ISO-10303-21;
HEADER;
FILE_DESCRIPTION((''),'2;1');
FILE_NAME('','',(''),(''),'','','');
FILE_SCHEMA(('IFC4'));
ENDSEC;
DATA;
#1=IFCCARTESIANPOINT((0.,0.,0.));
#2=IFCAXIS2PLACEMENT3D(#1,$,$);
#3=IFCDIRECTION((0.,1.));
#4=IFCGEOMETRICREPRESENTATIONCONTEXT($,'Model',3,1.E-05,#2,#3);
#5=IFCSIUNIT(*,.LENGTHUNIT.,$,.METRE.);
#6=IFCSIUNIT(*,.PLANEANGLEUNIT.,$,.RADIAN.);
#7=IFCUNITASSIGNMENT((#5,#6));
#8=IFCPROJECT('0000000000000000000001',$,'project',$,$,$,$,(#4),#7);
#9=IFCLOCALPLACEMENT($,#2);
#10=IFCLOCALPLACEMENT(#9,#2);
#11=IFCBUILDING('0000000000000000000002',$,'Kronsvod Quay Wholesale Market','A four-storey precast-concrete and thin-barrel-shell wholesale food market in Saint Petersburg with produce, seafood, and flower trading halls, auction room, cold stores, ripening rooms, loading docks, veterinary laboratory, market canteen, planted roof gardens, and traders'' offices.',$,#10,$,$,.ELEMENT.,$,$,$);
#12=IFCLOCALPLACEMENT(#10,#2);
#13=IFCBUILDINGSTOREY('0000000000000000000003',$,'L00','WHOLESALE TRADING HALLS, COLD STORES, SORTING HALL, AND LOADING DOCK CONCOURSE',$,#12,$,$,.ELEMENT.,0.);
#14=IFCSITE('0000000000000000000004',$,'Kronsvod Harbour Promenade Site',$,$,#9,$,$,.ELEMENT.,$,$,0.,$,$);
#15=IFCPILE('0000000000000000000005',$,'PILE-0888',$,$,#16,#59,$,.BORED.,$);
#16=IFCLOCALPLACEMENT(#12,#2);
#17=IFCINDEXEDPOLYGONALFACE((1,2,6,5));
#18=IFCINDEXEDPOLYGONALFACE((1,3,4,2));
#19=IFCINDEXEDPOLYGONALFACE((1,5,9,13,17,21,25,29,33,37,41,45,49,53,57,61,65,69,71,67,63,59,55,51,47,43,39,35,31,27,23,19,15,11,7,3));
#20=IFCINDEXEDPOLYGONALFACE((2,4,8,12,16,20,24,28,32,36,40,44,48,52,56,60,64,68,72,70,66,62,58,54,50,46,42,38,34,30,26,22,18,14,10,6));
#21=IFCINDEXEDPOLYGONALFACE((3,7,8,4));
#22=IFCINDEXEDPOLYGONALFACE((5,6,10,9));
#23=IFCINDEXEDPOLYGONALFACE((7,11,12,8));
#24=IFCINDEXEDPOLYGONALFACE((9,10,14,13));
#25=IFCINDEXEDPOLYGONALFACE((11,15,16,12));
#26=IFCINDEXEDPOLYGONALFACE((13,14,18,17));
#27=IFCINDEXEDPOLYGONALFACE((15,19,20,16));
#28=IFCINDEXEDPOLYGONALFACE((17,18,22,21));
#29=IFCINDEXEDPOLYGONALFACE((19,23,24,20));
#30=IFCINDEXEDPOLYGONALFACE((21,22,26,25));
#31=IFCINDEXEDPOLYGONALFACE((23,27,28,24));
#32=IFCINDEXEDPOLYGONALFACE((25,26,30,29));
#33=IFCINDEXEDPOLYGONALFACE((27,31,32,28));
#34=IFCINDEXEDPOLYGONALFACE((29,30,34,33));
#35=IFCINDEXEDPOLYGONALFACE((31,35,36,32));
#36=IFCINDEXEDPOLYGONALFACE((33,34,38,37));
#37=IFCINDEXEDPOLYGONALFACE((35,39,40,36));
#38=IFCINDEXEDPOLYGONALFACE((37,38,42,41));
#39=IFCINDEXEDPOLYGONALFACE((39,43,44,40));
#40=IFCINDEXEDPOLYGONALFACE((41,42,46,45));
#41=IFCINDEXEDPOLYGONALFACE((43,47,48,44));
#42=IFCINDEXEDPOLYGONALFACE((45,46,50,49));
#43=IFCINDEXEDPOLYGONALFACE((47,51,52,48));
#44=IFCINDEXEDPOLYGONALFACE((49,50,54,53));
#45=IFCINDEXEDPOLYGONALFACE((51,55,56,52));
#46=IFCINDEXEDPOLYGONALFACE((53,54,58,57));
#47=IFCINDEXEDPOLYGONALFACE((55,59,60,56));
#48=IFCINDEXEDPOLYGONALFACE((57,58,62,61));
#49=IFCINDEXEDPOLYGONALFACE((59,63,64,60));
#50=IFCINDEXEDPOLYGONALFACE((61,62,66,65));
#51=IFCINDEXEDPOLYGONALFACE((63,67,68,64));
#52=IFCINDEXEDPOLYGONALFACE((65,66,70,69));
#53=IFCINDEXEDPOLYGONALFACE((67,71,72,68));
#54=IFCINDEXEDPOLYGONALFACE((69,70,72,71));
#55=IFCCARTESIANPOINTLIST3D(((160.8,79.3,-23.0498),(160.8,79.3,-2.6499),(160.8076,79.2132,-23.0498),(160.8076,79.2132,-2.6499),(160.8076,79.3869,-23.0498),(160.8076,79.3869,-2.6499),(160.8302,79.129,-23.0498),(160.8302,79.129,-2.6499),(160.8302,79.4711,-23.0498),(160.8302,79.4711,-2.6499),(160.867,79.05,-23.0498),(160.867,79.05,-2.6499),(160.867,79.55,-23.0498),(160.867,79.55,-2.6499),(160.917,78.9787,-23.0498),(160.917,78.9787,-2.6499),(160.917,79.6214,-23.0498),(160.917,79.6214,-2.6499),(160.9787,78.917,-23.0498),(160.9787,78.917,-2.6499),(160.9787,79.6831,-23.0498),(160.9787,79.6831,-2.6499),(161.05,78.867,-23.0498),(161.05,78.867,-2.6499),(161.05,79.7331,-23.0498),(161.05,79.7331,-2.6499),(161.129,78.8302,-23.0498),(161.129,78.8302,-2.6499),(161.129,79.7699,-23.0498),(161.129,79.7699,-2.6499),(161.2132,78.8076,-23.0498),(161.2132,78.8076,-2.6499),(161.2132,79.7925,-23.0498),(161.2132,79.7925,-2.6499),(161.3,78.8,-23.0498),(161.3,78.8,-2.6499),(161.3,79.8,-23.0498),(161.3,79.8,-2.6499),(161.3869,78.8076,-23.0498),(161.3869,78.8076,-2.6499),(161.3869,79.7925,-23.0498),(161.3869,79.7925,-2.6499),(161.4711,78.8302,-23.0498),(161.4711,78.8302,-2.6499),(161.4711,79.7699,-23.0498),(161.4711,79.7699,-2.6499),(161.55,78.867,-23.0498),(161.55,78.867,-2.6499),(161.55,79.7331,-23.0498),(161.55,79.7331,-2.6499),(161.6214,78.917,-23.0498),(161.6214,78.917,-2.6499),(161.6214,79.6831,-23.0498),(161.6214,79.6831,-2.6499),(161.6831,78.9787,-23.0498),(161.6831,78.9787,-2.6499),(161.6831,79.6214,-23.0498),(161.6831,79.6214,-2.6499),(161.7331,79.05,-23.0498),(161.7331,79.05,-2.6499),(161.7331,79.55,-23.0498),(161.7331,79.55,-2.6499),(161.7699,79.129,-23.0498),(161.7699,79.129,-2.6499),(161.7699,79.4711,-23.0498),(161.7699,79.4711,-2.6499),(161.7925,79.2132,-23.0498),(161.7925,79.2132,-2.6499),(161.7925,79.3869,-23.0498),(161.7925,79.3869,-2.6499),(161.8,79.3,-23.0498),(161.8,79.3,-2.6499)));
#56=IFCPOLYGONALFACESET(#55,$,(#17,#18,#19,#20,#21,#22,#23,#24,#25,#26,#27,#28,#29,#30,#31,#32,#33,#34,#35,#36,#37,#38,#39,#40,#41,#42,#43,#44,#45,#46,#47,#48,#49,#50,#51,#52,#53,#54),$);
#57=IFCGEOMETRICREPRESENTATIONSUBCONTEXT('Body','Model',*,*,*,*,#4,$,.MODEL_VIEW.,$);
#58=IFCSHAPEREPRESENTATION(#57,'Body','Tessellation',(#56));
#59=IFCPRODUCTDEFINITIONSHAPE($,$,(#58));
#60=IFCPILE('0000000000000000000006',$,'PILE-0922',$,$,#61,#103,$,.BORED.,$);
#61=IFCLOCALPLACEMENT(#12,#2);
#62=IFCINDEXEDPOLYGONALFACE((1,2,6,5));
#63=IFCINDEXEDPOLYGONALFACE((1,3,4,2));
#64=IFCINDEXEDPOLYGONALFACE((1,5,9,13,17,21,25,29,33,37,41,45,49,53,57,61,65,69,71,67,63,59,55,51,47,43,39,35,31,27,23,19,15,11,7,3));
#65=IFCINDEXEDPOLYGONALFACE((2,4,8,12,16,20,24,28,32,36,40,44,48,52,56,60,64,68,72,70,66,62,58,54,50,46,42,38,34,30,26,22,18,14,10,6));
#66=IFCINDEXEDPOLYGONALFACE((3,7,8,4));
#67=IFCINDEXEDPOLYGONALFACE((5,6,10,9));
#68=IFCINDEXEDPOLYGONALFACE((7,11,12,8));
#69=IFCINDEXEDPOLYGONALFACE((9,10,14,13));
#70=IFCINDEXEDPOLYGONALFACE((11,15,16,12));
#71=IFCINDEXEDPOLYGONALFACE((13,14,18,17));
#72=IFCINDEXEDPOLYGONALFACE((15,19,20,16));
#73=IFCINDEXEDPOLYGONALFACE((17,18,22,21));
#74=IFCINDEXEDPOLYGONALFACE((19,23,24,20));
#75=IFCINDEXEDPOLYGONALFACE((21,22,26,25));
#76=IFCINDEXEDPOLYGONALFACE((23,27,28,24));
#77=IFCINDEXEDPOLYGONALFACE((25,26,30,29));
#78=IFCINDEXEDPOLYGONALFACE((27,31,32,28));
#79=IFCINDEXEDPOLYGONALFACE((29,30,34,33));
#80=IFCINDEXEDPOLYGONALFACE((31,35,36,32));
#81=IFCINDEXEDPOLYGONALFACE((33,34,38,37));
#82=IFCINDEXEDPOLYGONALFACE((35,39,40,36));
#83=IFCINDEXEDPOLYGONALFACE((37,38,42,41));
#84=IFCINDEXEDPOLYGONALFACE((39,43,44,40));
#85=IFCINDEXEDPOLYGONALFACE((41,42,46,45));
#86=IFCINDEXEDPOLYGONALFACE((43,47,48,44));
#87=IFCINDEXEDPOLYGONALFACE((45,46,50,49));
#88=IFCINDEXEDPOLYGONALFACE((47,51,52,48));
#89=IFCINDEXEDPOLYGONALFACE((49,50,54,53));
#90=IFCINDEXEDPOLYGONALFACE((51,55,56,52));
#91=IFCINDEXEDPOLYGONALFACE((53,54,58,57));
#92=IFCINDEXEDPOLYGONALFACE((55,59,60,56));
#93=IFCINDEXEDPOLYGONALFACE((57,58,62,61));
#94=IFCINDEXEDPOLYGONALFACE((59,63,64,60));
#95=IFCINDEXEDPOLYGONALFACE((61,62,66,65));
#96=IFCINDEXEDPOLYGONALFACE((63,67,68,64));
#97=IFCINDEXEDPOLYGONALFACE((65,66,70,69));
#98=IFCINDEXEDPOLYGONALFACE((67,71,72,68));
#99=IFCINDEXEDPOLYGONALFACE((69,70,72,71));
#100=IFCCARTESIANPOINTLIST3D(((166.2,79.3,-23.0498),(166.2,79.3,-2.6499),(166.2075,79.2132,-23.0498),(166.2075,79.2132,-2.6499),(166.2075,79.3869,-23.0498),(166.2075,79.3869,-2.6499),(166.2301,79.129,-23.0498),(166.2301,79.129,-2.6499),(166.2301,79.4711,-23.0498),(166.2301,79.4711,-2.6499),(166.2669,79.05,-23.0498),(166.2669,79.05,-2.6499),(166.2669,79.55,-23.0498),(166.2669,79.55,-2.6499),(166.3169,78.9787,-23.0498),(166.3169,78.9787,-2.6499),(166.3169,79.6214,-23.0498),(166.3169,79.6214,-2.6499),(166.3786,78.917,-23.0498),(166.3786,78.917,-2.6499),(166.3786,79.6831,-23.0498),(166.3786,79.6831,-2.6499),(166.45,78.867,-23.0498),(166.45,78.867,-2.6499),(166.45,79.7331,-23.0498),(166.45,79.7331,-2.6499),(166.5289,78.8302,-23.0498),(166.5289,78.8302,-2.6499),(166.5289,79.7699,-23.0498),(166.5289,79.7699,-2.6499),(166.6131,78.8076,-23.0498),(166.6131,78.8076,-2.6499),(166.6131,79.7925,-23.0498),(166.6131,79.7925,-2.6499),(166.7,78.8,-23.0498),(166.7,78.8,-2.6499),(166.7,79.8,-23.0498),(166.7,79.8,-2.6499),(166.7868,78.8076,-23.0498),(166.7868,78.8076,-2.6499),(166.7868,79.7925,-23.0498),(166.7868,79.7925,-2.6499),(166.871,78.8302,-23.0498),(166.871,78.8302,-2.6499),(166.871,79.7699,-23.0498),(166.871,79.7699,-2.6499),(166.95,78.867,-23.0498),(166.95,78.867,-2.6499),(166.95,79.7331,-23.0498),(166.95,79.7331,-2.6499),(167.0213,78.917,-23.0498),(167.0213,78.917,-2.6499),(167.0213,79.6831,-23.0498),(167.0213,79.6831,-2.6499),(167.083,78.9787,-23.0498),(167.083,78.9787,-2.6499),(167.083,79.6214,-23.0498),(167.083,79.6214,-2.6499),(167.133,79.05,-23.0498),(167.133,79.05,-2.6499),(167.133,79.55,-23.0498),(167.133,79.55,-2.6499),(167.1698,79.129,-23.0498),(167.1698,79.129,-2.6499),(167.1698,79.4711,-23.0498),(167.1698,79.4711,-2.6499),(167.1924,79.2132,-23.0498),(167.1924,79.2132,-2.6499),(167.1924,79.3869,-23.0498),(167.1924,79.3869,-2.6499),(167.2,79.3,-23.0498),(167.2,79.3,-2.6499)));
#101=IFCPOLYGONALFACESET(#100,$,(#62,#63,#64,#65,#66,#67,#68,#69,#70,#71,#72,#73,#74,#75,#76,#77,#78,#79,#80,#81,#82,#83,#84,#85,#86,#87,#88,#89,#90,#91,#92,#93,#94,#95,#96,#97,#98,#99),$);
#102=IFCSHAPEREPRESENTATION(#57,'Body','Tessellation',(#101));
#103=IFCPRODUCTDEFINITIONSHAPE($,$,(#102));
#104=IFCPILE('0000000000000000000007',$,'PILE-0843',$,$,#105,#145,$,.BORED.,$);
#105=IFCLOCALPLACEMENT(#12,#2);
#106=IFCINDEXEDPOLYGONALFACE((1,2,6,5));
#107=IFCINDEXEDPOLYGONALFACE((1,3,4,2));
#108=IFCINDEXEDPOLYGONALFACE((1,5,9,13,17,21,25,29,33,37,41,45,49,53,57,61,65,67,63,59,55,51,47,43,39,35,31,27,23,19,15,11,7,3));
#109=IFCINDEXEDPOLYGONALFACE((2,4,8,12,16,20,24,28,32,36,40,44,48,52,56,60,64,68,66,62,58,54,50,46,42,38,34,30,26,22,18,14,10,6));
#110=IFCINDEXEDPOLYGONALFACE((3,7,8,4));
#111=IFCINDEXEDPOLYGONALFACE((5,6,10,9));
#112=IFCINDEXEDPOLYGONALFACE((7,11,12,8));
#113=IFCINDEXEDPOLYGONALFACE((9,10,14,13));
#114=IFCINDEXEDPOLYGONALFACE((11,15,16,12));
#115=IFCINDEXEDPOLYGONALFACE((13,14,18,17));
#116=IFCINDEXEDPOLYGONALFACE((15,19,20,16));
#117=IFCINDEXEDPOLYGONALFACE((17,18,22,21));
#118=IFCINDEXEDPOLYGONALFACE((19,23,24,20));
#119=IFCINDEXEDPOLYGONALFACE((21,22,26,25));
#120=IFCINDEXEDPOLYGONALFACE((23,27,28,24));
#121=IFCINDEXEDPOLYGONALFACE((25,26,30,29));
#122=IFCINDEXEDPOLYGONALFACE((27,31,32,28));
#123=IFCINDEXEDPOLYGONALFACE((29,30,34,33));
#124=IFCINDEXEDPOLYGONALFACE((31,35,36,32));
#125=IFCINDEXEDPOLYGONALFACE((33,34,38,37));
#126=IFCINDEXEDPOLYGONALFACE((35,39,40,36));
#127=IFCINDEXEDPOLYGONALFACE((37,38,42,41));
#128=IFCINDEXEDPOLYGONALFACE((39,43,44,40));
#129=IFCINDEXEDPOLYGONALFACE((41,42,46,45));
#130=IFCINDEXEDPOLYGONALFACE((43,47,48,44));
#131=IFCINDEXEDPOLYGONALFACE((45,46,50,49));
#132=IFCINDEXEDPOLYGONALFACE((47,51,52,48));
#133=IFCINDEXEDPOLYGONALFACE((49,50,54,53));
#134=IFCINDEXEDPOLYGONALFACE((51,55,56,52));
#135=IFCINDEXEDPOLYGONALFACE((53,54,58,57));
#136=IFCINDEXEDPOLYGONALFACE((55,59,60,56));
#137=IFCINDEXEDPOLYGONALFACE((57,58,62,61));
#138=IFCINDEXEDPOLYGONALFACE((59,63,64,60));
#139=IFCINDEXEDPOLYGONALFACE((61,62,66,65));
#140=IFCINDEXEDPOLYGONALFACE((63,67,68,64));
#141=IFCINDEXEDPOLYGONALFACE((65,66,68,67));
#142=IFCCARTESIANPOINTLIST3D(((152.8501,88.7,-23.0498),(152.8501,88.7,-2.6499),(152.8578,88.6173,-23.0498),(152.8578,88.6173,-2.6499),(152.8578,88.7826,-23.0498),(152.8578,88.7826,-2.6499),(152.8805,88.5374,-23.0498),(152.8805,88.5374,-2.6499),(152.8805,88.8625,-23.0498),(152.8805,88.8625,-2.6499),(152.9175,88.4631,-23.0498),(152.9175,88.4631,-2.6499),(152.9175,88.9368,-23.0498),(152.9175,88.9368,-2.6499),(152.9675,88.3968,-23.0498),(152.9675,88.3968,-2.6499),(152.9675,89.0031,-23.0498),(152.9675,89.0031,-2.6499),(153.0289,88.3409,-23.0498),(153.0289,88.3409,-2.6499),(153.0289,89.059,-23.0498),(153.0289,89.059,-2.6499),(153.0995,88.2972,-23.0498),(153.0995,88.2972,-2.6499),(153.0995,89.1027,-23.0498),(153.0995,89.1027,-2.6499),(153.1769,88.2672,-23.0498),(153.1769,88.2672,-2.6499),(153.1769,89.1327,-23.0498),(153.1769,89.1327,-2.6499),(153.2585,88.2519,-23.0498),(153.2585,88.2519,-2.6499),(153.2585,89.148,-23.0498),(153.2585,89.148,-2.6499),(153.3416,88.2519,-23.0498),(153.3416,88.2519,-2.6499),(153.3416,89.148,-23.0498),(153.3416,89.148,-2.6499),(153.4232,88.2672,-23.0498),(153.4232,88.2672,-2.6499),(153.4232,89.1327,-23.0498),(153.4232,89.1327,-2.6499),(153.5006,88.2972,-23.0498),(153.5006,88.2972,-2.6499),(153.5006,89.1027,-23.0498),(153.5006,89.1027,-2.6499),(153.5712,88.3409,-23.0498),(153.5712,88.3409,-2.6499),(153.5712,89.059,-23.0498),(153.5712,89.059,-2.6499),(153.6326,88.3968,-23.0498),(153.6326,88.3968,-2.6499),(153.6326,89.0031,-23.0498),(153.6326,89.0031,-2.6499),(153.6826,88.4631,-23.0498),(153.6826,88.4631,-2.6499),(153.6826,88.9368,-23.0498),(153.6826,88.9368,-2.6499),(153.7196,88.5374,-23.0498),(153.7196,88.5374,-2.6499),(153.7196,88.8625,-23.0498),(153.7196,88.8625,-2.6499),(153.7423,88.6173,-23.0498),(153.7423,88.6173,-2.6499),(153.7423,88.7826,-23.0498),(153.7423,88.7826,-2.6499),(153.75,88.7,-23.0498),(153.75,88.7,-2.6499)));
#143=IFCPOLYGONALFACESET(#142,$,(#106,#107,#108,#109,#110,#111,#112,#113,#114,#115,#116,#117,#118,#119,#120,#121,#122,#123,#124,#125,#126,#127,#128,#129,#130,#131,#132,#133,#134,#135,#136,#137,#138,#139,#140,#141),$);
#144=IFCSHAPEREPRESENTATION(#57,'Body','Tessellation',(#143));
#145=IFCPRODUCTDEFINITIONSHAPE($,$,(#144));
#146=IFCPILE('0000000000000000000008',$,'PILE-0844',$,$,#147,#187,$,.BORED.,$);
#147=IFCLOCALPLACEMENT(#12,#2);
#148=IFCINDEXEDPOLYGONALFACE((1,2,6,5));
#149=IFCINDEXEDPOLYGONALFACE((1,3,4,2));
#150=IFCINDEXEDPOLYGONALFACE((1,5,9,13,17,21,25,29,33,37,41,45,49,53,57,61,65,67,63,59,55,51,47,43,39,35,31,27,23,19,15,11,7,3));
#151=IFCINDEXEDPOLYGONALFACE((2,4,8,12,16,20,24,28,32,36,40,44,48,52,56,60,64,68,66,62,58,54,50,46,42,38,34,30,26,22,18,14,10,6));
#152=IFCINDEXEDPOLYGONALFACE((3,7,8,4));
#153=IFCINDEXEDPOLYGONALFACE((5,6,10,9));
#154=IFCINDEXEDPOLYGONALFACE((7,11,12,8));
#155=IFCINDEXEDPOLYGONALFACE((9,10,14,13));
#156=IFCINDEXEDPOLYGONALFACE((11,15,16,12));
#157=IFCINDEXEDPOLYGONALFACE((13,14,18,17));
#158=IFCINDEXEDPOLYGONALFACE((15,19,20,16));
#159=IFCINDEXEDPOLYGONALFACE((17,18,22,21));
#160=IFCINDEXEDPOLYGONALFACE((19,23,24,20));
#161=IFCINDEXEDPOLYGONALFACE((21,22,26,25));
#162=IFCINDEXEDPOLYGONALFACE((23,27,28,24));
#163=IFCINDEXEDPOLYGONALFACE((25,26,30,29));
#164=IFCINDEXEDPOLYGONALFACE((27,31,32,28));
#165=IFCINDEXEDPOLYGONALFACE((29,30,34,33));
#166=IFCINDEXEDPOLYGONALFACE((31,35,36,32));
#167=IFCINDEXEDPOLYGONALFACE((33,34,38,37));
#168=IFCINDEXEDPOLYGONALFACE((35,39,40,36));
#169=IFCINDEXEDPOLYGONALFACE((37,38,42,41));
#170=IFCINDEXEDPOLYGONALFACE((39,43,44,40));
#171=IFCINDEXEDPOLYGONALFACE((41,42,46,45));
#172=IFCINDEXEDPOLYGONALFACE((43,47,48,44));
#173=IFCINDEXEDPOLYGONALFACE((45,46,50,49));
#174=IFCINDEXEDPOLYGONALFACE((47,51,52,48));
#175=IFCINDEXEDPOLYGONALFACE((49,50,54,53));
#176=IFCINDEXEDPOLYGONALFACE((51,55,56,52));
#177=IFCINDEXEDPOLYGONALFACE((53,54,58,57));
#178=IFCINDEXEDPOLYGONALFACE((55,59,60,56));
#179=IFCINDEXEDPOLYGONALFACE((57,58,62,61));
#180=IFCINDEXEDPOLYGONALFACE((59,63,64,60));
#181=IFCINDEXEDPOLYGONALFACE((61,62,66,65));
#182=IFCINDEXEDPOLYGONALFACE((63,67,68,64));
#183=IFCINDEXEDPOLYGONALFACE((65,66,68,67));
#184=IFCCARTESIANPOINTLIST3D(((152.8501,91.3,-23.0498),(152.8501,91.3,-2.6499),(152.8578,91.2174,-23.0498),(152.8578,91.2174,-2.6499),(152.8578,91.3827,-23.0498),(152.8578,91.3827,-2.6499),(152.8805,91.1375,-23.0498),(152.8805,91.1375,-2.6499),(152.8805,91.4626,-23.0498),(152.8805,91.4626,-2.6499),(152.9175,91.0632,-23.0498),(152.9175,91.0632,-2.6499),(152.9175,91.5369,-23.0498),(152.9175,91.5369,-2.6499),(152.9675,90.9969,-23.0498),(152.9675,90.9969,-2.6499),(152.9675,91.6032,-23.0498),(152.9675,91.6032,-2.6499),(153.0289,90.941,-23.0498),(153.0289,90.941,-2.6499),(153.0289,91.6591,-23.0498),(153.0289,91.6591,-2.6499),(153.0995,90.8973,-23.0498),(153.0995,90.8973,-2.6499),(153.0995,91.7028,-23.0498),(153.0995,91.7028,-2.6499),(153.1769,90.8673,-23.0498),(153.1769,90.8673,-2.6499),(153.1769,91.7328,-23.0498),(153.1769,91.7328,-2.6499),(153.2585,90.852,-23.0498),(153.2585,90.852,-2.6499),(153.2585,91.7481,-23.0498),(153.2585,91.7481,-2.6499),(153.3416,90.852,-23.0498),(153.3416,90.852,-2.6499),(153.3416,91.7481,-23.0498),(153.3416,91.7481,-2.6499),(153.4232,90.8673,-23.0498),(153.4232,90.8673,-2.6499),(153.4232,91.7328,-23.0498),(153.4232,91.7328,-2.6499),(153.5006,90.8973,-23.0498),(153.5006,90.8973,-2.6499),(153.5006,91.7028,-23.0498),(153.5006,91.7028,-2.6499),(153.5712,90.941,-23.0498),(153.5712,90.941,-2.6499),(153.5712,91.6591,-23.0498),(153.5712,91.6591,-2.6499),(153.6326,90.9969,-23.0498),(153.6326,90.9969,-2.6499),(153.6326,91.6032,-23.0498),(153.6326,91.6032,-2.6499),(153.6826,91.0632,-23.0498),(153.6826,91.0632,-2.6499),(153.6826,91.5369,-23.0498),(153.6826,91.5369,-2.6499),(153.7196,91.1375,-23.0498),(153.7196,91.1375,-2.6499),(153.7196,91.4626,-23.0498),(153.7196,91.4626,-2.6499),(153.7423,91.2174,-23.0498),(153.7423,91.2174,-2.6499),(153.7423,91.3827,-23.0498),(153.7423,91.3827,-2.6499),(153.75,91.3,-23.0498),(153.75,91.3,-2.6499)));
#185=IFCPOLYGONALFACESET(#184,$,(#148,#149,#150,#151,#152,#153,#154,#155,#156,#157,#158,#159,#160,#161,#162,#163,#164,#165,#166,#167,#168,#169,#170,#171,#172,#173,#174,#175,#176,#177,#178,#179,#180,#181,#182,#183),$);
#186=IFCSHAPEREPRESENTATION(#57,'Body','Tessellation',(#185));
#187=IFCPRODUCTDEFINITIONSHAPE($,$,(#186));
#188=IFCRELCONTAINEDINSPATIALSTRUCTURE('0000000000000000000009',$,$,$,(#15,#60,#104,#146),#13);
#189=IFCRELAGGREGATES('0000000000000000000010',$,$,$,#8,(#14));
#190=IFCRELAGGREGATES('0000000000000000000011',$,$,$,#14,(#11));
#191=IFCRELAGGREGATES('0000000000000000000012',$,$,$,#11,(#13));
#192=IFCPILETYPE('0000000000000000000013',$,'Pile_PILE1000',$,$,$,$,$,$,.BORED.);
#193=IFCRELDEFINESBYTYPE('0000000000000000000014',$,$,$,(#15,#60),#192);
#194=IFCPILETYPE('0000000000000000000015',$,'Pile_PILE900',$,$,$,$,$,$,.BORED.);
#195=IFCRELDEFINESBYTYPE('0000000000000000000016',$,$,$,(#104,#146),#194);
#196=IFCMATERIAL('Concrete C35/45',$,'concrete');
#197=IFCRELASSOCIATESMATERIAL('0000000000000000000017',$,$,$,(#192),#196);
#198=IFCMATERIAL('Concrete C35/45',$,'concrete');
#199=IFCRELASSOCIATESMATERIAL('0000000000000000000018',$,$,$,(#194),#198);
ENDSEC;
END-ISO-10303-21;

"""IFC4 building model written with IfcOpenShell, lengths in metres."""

from ifc_helpers import new_model, si_unit, direction, frame, origin, origin_2d, place, context, subcontext, project, spatial, circle, extrude, material, material_profile, profile_set, type_object, element, save


model = new_model("IFC4")

# Units and contexts
model_context = context("Model", 3, precision=1e-05, world=origin(), true_north=direction((0.0, 1.0)))
body_context = subcontext(model_context, "Body", "Model", "MODEL_VIEW")
ifc_project = project(units=[si_unit("LENGTHUNIT", "METRE"), si_unit("PLANEANGLEUNIT", "RADIAN")], contexts=[model_context])

# Site, building, storey
site_placement = place(None, origin())
site = spatial("IfcSite", under=ifc_project, at=site_placement, Name="Kronsvod Harbour Promenade Site", CompositionType="ELEMENT", RefElevation=0.0)
building_placement = place(site_placement, origin())
building = spatial("IfcBuilding", under=site, at=building_placement, Name="Kronsvod Quay Wholesale Market", Description="A four-storey precast-concrete and thin-barrel-shell wholesale food market in Saint Petersburg with produce, seafood, and flower trading halls, auction room, cold stores, ripening rooms, loading docks, veterinary laboratory, market canteen, planted roof gardens, and traders' offices.", CompositionType="ELEMENT")
storey_placement = place(building_placement, origin())
storey = spatial("IfcBuildingStorey", under=building, at=storey_placement, Name="L00", Description="WHOLESALE TRADING HALLS, COLD STORES, SORTING HALL, AND LOADING DOCK CONCOURSE", CompositionType="ELEMENT", Elevation=0.0)

# Piles
ifc_material_1 = material(Name="Concrete C35/45", Category="concrete")
ifc_material_profile_1 = material_profile(ifc_material_1, circle(Radius=0.5, at=origin_2d()), Name="PILE1000")
ifc_profile_set_1 = profile_set([ifc_material_profile_1], Name="Concrete C35/45")
pile_type_1 = type_object("IfcPileType", Name="Pile_PILE1000", PredefinedType="BORED", material=ifc_profile_set_1)
for number, where, z_axis, x_axis, name in (
    (1, (161.3, 79.3, -2.6499), (0.0, 0.0, -1.0), (1.0, 0.0, 0.0), "PILE-0888"),
    (2, (166.7, 79.3, -2.6499), (0.0, 0.0, -1.0), (1.0, 0.0, 0.0), "PILE-0922"),
):
    element("IfcPile", number, at=place(storey_placement, frame(where, z_axis=z_axis, x_axis=x_axis)), inside=storey, type_object=pile_type_1, Name=name, PredefinedType="BORED", context=body_context, shape_type="SweptSolid", body=[
        extrude(circle(Radius=0.5, at=origin_2d()), origin(), (0.0, 0.0, 1.0), 20.3999),
    ])
ifc_material_2 = material(Name="Concrete C35/45", Category="concrete")
ifc_material_profile_2 = material_profile(ifc_material_2, circle(Radius=0.45, at=origin_2d()), Name="PILE900")
ifc_profile_set_2 = profile_set([ifc_material_profile_2], Name="Concrete C35/45")
pile_type_2 = type_object("IfcPileType", Name="Pile_PILE900", PredefinedType="BORED", material=ifc_profile_set_2)
for number, where, z_axis, x_axis, name in (
    (3, (153.3, 88.7, -2.6499), (0.0, 0.0, -1.0), (1.0, 0.0, 0.0), "PILE-0843"),
    (4, (153.3, 91.3, -2.6499), (0.0, 0.0, -1.0), (1.0, 0.0, 0.0), "PILE-0844"),
):
    element("IfcPile", number, at=place(storey_placement, frame(where, z_axis=z_axis, x_axis=x_axis)), inside=storey, type_object=pile_type_2, Name=name, PredefinedType="BORED", context=body_context, shape_type="SweptSolid", body=[
        extrude(circle(Radius=0.45, at=origin_2d()), origin(), (0.0, 0.0, 1.0), 20.3999),
    ])

save(model, "model.ifc")
